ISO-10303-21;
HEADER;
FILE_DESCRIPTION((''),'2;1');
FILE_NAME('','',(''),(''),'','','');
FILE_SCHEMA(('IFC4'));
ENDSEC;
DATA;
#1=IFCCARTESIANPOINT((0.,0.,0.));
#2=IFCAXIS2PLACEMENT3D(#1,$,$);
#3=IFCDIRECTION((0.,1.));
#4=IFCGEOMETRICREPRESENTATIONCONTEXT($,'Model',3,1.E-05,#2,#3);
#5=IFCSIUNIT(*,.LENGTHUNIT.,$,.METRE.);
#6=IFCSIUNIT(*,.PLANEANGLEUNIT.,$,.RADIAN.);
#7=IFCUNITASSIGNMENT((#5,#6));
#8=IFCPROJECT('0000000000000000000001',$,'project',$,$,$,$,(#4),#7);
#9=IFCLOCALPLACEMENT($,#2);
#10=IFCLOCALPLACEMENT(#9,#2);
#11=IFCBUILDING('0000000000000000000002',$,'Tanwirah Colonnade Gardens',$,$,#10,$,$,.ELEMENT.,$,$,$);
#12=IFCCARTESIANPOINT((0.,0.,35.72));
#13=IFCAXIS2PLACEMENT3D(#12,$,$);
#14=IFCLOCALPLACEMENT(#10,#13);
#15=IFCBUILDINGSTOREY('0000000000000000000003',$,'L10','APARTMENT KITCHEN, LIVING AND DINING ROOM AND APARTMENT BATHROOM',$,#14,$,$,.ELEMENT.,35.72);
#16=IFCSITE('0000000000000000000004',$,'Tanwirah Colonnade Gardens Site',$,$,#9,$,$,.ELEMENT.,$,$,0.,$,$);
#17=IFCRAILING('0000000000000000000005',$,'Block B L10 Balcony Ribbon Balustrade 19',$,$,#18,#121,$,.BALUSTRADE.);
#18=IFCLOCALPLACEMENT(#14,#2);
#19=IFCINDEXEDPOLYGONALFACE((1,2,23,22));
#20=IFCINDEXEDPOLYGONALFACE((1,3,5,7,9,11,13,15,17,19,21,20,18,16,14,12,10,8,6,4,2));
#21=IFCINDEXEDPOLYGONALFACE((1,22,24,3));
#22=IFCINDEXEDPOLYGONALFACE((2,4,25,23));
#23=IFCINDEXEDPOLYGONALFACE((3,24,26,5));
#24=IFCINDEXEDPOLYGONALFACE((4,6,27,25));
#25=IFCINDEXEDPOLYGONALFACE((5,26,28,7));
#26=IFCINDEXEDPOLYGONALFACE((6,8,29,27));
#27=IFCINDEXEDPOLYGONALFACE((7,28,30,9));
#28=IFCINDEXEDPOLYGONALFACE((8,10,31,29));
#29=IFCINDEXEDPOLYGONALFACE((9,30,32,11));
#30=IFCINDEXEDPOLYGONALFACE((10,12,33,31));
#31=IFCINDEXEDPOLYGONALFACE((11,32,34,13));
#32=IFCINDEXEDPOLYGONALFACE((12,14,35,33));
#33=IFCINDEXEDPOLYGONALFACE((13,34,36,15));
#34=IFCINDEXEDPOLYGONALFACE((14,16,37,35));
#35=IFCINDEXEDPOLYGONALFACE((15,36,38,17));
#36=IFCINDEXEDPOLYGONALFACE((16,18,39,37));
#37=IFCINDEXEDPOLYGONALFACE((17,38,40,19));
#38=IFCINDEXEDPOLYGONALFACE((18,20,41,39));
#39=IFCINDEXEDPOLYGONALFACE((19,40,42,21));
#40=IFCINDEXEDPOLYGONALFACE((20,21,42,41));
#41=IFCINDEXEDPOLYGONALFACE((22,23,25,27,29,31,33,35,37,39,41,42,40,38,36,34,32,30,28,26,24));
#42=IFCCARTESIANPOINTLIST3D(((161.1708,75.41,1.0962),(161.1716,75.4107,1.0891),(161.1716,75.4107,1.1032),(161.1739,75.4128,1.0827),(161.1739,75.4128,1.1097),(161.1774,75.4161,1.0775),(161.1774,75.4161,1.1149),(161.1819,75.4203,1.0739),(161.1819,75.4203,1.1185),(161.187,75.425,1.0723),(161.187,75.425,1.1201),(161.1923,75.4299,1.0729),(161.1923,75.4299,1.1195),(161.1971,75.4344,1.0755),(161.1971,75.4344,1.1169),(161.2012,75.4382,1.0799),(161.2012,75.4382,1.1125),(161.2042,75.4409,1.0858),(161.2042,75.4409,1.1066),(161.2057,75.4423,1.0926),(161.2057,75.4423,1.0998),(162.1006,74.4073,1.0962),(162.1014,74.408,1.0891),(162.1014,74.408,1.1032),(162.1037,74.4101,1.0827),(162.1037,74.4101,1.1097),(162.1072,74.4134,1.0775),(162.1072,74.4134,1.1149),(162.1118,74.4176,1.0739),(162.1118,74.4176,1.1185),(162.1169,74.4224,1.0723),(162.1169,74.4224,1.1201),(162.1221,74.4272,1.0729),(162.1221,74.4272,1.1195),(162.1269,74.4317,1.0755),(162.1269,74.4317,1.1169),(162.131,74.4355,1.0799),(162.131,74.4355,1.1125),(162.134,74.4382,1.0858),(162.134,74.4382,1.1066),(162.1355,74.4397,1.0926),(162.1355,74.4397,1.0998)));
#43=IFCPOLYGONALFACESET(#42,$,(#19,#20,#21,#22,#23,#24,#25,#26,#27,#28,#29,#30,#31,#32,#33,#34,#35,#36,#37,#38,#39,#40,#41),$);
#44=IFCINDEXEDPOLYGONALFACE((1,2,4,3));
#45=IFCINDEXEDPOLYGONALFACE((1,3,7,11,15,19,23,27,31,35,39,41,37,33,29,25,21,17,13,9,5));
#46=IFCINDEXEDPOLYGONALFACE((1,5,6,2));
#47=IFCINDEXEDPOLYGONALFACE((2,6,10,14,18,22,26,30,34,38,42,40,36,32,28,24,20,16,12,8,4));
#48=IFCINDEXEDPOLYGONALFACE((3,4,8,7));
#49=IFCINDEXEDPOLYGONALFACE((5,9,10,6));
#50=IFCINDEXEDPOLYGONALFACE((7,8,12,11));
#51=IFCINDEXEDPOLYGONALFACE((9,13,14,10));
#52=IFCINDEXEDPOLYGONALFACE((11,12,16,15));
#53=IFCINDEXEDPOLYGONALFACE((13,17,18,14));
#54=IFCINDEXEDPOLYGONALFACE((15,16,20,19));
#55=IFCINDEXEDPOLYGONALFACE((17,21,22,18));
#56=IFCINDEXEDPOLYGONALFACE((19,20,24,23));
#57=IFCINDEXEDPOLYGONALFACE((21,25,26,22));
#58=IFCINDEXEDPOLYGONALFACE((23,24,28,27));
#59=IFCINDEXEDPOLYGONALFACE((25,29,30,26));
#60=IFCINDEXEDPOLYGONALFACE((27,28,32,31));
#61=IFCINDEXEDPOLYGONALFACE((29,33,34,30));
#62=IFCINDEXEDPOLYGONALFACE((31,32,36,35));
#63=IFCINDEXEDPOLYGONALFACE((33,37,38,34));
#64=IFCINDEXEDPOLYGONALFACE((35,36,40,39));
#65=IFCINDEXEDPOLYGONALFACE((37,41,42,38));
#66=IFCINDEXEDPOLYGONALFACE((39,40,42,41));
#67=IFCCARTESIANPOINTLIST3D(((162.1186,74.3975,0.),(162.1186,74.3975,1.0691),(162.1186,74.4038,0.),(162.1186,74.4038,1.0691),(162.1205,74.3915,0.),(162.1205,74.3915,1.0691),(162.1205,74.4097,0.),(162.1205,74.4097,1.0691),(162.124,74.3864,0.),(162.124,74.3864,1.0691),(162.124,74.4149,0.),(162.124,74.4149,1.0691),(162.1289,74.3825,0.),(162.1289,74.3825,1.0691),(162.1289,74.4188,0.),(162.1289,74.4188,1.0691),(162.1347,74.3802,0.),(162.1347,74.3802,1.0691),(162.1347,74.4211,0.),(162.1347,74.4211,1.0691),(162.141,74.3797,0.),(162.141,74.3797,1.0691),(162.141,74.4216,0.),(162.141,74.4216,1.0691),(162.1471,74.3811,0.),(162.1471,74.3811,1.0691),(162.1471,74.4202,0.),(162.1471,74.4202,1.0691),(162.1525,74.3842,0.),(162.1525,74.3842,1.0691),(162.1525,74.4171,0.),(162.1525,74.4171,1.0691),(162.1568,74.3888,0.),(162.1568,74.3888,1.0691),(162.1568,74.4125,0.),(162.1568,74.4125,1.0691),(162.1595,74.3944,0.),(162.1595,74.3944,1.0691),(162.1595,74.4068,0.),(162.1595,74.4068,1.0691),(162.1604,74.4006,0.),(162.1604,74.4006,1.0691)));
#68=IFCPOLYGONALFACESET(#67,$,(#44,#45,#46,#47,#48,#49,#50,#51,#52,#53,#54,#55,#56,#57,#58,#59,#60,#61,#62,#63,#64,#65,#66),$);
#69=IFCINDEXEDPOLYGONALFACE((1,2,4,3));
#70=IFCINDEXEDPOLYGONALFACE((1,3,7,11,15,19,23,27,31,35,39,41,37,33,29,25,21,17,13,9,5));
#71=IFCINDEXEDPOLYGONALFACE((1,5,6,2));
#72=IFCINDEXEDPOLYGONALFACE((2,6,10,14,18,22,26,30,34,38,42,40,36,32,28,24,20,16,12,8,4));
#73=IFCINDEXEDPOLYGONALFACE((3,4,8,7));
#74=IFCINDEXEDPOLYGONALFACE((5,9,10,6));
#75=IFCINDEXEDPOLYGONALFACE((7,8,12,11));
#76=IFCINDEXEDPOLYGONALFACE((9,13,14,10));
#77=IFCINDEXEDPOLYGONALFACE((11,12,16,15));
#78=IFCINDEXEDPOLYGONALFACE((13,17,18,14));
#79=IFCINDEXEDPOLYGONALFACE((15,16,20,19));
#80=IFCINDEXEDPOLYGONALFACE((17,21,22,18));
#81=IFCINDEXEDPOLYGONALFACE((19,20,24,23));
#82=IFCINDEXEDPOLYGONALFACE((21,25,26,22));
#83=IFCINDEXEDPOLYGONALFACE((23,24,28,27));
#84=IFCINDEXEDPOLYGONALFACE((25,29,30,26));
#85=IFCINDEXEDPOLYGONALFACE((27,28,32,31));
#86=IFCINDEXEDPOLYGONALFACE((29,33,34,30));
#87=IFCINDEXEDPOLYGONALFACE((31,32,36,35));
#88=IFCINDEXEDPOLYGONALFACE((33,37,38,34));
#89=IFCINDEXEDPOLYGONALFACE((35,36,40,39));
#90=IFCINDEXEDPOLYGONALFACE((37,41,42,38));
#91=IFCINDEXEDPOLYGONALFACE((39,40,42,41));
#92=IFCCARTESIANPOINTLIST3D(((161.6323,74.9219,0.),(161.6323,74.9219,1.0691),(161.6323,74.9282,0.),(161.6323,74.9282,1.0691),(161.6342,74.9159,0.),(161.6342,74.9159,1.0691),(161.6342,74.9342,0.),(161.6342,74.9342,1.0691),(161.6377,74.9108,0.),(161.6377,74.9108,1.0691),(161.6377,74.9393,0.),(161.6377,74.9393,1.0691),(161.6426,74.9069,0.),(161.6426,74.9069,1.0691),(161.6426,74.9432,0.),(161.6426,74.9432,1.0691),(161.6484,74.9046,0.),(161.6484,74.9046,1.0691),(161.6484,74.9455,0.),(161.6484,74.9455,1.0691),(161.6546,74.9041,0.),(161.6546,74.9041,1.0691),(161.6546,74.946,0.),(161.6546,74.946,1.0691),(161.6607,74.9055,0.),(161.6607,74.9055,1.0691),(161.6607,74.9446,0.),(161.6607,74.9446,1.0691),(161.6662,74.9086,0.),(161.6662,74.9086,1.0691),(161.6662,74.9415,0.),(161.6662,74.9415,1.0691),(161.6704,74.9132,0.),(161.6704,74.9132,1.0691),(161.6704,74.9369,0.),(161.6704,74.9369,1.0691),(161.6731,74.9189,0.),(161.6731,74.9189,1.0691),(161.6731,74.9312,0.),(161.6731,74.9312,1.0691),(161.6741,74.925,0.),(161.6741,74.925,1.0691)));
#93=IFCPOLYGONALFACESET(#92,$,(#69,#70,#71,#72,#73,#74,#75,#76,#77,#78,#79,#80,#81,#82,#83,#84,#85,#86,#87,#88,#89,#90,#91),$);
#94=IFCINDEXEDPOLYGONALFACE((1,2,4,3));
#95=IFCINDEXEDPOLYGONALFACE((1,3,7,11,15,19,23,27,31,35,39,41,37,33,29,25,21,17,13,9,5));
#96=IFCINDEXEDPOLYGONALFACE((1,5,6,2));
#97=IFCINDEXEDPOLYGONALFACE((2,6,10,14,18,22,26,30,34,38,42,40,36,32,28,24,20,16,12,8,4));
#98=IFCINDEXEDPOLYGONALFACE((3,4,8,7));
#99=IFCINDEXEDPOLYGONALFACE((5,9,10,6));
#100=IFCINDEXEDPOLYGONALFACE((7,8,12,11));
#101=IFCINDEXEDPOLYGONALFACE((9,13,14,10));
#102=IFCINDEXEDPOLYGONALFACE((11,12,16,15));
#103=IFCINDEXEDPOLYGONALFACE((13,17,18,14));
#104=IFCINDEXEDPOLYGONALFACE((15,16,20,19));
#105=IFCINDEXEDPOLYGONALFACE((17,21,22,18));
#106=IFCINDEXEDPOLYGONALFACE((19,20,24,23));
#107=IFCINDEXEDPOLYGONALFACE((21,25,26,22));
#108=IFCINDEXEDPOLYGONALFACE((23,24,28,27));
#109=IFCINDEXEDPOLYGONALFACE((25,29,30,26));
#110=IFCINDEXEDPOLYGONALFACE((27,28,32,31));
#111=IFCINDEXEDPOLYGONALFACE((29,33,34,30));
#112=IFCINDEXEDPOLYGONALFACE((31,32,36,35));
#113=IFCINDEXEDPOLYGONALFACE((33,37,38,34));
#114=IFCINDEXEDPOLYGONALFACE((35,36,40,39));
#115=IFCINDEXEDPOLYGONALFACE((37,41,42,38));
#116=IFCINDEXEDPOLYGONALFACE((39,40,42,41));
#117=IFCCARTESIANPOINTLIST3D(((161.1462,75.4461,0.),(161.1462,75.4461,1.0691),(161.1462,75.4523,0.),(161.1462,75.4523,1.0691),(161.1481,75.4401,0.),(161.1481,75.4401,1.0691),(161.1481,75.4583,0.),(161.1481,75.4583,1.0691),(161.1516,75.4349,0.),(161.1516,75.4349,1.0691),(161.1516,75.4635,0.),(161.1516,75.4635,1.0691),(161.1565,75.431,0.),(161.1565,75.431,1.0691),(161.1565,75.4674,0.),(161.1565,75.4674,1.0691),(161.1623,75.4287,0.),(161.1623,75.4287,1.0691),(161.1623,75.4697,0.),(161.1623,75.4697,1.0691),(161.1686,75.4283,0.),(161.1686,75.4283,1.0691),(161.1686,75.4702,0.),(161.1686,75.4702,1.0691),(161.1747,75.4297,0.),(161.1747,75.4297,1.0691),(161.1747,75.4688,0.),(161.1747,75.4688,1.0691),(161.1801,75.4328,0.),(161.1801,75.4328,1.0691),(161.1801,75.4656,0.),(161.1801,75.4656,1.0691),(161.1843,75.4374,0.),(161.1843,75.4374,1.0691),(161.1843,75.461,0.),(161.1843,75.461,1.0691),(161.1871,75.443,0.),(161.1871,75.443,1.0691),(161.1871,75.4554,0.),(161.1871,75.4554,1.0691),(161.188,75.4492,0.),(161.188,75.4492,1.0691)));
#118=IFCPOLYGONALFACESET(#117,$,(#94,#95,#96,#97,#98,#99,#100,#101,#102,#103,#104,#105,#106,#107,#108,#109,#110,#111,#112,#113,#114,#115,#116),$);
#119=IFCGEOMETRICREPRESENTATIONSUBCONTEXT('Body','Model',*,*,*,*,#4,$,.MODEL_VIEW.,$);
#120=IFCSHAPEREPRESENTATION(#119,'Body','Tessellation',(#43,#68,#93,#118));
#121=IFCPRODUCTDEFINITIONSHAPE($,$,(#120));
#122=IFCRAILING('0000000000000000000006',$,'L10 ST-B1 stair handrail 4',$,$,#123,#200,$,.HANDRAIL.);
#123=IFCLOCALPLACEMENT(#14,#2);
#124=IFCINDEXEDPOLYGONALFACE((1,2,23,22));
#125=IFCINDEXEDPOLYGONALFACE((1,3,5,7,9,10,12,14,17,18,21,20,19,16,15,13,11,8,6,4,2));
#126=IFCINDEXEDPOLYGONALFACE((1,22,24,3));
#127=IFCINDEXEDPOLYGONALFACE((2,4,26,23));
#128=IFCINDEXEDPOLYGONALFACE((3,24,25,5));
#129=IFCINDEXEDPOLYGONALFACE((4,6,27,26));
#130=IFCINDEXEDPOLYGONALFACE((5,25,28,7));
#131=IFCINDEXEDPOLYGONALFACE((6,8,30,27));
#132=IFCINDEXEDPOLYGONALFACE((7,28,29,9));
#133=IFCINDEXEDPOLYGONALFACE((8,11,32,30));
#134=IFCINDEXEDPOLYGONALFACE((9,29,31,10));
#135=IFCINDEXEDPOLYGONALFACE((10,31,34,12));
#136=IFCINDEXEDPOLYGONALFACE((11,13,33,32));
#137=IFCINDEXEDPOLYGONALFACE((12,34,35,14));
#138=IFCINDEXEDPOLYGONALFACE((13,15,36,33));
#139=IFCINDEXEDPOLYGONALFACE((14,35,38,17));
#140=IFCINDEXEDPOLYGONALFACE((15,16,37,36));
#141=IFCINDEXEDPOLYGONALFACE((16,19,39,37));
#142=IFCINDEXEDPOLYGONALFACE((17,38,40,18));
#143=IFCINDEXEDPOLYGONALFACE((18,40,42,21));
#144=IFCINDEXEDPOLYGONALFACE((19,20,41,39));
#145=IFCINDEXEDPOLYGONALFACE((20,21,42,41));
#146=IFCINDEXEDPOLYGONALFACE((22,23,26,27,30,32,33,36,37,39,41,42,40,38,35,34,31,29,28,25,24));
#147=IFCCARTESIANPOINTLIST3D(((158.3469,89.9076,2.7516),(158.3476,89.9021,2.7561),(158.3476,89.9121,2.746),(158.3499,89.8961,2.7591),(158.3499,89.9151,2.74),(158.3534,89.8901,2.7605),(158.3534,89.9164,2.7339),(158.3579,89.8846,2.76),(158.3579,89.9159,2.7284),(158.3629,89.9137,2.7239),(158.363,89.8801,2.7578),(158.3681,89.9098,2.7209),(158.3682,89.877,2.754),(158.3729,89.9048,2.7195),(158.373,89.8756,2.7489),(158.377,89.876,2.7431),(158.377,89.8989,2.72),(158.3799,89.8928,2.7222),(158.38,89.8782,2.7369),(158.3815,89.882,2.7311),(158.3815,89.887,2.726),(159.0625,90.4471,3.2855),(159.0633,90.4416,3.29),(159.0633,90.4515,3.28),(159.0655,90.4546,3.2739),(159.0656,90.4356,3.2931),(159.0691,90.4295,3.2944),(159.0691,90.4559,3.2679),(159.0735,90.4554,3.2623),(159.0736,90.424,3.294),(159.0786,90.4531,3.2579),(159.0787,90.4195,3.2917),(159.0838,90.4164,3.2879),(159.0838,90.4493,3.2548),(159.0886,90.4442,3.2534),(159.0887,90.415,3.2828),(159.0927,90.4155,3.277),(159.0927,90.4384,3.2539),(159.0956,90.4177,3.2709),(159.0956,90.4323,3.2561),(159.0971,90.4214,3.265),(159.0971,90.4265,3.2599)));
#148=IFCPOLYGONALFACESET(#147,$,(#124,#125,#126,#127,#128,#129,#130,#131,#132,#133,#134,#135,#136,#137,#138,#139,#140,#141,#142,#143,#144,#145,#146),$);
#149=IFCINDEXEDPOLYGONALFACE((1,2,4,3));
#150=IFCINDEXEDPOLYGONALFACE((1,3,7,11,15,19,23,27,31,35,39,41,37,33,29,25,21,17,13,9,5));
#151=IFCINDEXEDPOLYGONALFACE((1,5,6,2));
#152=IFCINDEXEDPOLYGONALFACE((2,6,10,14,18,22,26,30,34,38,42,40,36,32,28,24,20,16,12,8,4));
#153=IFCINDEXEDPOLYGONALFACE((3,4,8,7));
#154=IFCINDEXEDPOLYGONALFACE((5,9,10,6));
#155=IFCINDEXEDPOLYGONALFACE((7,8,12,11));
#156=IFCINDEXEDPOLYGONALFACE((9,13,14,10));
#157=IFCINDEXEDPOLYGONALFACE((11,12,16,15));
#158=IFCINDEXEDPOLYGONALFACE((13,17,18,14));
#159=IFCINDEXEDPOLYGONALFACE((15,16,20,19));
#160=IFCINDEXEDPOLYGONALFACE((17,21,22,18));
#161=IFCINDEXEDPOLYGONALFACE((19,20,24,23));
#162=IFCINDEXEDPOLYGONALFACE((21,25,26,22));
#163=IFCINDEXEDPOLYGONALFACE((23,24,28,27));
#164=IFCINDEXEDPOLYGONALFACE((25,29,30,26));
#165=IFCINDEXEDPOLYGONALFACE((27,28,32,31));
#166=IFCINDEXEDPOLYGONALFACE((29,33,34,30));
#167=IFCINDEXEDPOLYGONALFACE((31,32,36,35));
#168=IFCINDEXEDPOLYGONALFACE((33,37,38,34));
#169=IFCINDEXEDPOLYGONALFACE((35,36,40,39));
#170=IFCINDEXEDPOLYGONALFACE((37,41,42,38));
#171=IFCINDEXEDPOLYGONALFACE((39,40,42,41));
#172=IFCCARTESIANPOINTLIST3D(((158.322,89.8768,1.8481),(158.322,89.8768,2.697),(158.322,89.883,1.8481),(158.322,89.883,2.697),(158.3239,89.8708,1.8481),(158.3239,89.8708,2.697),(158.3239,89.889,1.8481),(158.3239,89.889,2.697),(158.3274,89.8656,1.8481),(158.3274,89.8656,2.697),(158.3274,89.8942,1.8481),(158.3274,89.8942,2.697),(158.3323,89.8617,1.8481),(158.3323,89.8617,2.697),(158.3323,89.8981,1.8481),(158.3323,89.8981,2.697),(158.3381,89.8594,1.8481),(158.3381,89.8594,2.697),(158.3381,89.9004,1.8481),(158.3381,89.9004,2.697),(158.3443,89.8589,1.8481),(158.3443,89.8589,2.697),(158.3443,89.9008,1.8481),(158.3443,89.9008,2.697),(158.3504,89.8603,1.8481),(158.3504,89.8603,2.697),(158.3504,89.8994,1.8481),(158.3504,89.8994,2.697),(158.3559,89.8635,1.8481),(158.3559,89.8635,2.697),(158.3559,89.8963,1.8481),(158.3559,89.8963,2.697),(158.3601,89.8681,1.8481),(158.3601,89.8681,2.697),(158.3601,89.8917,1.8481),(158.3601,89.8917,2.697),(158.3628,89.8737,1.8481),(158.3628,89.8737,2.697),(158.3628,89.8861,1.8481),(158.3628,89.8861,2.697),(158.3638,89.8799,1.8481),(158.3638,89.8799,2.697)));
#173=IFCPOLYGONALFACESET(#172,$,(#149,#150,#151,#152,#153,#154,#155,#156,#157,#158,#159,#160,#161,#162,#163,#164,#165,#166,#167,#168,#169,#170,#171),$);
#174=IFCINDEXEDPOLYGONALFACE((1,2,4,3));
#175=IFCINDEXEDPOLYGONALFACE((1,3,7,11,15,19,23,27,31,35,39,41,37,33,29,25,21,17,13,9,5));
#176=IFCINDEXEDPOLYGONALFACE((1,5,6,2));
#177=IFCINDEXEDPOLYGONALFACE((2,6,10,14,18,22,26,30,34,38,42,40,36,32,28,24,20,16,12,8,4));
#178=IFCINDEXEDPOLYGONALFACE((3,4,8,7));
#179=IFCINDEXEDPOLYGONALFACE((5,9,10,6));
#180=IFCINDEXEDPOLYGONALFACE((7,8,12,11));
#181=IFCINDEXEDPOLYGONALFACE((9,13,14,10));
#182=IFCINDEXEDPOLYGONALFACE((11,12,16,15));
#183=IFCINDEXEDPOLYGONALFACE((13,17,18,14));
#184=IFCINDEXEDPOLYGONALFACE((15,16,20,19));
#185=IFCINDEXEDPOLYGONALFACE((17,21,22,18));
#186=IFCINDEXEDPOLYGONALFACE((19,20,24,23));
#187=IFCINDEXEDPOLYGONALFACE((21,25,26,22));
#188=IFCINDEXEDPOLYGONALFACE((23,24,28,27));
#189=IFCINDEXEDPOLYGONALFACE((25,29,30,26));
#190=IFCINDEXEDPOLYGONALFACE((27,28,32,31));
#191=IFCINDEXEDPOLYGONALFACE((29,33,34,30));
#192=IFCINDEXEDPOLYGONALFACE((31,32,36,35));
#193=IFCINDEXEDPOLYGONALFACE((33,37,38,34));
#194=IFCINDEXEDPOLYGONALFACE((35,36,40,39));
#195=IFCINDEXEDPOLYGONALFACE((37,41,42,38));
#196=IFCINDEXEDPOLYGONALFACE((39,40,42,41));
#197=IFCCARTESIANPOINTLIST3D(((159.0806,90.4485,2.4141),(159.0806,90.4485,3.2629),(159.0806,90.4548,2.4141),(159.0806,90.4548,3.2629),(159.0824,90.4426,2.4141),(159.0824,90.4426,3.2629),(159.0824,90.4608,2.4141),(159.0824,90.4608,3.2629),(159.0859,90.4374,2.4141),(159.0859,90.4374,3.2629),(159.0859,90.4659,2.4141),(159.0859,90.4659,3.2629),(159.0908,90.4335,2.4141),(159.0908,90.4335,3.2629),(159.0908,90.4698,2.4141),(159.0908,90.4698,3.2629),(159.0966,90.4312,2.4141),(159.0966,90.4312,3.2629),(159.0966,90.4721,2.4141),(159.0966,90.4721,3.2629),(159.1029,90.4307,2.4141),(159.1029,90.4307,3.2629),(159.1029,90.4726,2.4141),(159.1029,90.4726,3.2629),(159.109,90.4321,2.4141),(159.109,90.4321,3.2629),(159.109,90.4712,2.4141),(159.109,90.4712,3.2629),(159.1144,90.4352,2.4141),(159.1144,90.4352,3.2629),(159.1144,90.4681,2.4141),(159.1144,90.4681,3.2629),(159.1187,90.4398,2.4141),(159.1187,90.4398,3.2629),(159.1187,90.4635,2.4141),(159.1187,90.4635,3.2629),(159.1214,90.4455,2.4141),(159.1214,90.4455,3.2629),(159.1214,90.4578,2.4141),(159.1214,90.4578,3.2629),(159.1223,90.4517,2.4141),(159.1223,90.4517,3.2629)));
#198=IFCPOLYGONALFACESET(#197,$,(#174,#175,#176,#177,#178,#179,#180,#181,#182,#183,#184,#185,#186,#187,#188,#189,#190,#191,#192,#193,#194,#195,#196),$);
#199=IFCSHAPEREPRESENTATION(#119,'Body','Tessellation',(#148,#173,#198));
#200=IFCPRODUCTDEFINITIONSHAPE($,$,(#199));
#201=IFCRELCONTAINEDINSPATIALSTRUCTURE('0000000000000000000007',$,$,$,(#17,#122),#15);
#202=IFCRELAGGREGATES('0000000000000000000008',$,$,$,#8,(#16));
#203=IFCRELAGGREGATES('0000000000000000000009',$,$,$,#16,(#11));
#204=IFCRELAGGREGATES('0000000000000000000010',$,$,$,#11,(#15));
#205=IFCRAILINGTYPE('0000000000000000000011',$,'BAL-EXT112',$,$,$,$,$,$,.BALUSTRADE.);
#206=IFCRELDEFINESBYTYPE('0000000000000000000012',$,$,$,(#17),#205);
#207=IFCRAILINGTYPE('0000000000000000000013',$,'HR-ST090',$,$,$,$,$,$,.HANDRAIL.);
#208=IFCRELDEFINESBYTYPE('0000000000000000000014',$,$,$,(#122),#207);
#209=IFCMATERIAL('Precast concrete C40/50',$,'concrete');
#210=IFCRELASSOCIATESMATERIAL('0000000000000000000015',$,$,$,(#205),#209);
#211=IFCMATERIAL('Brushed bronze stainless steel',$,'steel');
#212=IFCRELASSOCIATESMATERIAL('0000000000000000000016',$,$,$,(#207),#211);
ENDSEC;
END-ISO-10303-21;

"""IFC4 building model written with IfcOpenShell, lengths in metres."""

from ifc_helpers import new_model, si_unit, direction, frame, origin, origin_2d, place, context, subcontext, project, spatial, circle, extrude, material, type_object, element, save


model = new_model("IFC4")

# Units and contexts
model_context = context("Model", 3, precision=1e-05, world=origin(), true_north=direction((0.0, 1.0)))
body_context = subcontext(model_context, "Body", "Model", "MODEL_VIEW")
ifc_project = project(units=[si_unit("LENGTHUNIT", "METRE"), si_unit("PLANEANGLEUNIT", "RADIAN")], contexts=[model_context])

# Site, building, storey
site_placement = place(None, origin())
site = spatial("IfcSite", under=ifc_project, at=site_placement, Name="Tanwirah Colonnade Gardens Site", CompositionType="ELEMENT", RefElevation=0.0)
building_placement = place(site_placement, origin())
building = spatial("IfcBuilding", under=site, at=building_placement, Name="Tanwirah Colonnade Gardens", CompositionType="ELEMENT")
storey_placement = place(building_placement, frame((0.0, 0.0, 35.72)))
storey = spatial("IfcBuildingStorey", under=building, at=storey_placement, Name="L10", Description="APARTMENT KITCHEN, LIVING AND DINING ROOM AND APARTMENT BATHROOM", CompositionType="ELEMENT", Elevation=35.72)

# Shared definitions
ifc_material_1 = material(Name="Precast concrete C40/50", Category="concrete")

# Railings
railing_type_1 = type_object("IfcRailingType", Name="BAL-EXT112", PredefinedType="BALUSTRADE", material=ifc_material_1)
railing_1_placement = place(storey_placement, frame((162.1394, 74.4006, 0.0)))
element("IfcRailing", 1, at=railing_1_placement, inside=storey, type_object=railing_type_1, Name="Block B L10 Balcony Ribbon Balustrade 19", PredefinedType="BALUSTRADE", context=body_context, shape_type="SweptSolid", body=[
    extrude(circle(Radius=0.0239, at=origin_2d()), frame((-0.0212, 0.0229, 1.0962), z_axis=(-0.679973, 0.733237, 0.0), x_axis=(-0.733237, -0.679973, 0.0)), (0.0, 0.0, 1.0), 1.3674),
    extrude(circle(Radius=0.021, at=origin_2d()), origin(), (0.0, 0.0, 1.0), 1.0691),
    extrude(circle(Radius=0.021, at=origin_2d()), frame((-0.4863, 0.5244, 0.0)), (0.0, 0.0, 1.0), 1.0691),
    extrude(circle(Radius=0.021, at=origin_2d()), frame((-0.9724, 1.0486, 0.0)), (0.0, 0.0, 1.0), 1.0691),
])
ifc_material_2 = material(Name="Brushed bronze stainless steel", Category="steel")
railing_type_2 = type_object("IfcRailingType", Name="HR-ST090", PredefinedType="HANDRAIL", material=ifc_material_2)
railing_2_placement = place(storey_placement, frame((158.3428, 89.8799, 1.8481)))
element("IfcRailing", 2, at=railing_2_placement, inside=storey, type_object=railing_type_2, Name="L10 ST-B1 stair handrail 4", PredefinedType="HANDRAIL", context=body_context, shape_type="SweptSolid", body=[
    extrude(circle(Radius=0.0239, at=origin_2d()), frame((0.0215, 0.0161, 0.8918), z_axis=(0.686028, 0.517116, 0.511817), x_axis=(-0.601931, 0.798548, 0.0)), (0.0, 0.0, 1.0), 1.0432),
    extrude(circle(Radius=0.021, at=origin_2d()), origin(), (0.0, 0.0, 1.0), 0.8489),
    extrude(circle(Radius=0.021, at=origin_2d()), frame((0.7585, 0.5718, 0.5659)), (0.0, 0.0, 1.0), 0.8489),
])

save(model, "model.ifc")
